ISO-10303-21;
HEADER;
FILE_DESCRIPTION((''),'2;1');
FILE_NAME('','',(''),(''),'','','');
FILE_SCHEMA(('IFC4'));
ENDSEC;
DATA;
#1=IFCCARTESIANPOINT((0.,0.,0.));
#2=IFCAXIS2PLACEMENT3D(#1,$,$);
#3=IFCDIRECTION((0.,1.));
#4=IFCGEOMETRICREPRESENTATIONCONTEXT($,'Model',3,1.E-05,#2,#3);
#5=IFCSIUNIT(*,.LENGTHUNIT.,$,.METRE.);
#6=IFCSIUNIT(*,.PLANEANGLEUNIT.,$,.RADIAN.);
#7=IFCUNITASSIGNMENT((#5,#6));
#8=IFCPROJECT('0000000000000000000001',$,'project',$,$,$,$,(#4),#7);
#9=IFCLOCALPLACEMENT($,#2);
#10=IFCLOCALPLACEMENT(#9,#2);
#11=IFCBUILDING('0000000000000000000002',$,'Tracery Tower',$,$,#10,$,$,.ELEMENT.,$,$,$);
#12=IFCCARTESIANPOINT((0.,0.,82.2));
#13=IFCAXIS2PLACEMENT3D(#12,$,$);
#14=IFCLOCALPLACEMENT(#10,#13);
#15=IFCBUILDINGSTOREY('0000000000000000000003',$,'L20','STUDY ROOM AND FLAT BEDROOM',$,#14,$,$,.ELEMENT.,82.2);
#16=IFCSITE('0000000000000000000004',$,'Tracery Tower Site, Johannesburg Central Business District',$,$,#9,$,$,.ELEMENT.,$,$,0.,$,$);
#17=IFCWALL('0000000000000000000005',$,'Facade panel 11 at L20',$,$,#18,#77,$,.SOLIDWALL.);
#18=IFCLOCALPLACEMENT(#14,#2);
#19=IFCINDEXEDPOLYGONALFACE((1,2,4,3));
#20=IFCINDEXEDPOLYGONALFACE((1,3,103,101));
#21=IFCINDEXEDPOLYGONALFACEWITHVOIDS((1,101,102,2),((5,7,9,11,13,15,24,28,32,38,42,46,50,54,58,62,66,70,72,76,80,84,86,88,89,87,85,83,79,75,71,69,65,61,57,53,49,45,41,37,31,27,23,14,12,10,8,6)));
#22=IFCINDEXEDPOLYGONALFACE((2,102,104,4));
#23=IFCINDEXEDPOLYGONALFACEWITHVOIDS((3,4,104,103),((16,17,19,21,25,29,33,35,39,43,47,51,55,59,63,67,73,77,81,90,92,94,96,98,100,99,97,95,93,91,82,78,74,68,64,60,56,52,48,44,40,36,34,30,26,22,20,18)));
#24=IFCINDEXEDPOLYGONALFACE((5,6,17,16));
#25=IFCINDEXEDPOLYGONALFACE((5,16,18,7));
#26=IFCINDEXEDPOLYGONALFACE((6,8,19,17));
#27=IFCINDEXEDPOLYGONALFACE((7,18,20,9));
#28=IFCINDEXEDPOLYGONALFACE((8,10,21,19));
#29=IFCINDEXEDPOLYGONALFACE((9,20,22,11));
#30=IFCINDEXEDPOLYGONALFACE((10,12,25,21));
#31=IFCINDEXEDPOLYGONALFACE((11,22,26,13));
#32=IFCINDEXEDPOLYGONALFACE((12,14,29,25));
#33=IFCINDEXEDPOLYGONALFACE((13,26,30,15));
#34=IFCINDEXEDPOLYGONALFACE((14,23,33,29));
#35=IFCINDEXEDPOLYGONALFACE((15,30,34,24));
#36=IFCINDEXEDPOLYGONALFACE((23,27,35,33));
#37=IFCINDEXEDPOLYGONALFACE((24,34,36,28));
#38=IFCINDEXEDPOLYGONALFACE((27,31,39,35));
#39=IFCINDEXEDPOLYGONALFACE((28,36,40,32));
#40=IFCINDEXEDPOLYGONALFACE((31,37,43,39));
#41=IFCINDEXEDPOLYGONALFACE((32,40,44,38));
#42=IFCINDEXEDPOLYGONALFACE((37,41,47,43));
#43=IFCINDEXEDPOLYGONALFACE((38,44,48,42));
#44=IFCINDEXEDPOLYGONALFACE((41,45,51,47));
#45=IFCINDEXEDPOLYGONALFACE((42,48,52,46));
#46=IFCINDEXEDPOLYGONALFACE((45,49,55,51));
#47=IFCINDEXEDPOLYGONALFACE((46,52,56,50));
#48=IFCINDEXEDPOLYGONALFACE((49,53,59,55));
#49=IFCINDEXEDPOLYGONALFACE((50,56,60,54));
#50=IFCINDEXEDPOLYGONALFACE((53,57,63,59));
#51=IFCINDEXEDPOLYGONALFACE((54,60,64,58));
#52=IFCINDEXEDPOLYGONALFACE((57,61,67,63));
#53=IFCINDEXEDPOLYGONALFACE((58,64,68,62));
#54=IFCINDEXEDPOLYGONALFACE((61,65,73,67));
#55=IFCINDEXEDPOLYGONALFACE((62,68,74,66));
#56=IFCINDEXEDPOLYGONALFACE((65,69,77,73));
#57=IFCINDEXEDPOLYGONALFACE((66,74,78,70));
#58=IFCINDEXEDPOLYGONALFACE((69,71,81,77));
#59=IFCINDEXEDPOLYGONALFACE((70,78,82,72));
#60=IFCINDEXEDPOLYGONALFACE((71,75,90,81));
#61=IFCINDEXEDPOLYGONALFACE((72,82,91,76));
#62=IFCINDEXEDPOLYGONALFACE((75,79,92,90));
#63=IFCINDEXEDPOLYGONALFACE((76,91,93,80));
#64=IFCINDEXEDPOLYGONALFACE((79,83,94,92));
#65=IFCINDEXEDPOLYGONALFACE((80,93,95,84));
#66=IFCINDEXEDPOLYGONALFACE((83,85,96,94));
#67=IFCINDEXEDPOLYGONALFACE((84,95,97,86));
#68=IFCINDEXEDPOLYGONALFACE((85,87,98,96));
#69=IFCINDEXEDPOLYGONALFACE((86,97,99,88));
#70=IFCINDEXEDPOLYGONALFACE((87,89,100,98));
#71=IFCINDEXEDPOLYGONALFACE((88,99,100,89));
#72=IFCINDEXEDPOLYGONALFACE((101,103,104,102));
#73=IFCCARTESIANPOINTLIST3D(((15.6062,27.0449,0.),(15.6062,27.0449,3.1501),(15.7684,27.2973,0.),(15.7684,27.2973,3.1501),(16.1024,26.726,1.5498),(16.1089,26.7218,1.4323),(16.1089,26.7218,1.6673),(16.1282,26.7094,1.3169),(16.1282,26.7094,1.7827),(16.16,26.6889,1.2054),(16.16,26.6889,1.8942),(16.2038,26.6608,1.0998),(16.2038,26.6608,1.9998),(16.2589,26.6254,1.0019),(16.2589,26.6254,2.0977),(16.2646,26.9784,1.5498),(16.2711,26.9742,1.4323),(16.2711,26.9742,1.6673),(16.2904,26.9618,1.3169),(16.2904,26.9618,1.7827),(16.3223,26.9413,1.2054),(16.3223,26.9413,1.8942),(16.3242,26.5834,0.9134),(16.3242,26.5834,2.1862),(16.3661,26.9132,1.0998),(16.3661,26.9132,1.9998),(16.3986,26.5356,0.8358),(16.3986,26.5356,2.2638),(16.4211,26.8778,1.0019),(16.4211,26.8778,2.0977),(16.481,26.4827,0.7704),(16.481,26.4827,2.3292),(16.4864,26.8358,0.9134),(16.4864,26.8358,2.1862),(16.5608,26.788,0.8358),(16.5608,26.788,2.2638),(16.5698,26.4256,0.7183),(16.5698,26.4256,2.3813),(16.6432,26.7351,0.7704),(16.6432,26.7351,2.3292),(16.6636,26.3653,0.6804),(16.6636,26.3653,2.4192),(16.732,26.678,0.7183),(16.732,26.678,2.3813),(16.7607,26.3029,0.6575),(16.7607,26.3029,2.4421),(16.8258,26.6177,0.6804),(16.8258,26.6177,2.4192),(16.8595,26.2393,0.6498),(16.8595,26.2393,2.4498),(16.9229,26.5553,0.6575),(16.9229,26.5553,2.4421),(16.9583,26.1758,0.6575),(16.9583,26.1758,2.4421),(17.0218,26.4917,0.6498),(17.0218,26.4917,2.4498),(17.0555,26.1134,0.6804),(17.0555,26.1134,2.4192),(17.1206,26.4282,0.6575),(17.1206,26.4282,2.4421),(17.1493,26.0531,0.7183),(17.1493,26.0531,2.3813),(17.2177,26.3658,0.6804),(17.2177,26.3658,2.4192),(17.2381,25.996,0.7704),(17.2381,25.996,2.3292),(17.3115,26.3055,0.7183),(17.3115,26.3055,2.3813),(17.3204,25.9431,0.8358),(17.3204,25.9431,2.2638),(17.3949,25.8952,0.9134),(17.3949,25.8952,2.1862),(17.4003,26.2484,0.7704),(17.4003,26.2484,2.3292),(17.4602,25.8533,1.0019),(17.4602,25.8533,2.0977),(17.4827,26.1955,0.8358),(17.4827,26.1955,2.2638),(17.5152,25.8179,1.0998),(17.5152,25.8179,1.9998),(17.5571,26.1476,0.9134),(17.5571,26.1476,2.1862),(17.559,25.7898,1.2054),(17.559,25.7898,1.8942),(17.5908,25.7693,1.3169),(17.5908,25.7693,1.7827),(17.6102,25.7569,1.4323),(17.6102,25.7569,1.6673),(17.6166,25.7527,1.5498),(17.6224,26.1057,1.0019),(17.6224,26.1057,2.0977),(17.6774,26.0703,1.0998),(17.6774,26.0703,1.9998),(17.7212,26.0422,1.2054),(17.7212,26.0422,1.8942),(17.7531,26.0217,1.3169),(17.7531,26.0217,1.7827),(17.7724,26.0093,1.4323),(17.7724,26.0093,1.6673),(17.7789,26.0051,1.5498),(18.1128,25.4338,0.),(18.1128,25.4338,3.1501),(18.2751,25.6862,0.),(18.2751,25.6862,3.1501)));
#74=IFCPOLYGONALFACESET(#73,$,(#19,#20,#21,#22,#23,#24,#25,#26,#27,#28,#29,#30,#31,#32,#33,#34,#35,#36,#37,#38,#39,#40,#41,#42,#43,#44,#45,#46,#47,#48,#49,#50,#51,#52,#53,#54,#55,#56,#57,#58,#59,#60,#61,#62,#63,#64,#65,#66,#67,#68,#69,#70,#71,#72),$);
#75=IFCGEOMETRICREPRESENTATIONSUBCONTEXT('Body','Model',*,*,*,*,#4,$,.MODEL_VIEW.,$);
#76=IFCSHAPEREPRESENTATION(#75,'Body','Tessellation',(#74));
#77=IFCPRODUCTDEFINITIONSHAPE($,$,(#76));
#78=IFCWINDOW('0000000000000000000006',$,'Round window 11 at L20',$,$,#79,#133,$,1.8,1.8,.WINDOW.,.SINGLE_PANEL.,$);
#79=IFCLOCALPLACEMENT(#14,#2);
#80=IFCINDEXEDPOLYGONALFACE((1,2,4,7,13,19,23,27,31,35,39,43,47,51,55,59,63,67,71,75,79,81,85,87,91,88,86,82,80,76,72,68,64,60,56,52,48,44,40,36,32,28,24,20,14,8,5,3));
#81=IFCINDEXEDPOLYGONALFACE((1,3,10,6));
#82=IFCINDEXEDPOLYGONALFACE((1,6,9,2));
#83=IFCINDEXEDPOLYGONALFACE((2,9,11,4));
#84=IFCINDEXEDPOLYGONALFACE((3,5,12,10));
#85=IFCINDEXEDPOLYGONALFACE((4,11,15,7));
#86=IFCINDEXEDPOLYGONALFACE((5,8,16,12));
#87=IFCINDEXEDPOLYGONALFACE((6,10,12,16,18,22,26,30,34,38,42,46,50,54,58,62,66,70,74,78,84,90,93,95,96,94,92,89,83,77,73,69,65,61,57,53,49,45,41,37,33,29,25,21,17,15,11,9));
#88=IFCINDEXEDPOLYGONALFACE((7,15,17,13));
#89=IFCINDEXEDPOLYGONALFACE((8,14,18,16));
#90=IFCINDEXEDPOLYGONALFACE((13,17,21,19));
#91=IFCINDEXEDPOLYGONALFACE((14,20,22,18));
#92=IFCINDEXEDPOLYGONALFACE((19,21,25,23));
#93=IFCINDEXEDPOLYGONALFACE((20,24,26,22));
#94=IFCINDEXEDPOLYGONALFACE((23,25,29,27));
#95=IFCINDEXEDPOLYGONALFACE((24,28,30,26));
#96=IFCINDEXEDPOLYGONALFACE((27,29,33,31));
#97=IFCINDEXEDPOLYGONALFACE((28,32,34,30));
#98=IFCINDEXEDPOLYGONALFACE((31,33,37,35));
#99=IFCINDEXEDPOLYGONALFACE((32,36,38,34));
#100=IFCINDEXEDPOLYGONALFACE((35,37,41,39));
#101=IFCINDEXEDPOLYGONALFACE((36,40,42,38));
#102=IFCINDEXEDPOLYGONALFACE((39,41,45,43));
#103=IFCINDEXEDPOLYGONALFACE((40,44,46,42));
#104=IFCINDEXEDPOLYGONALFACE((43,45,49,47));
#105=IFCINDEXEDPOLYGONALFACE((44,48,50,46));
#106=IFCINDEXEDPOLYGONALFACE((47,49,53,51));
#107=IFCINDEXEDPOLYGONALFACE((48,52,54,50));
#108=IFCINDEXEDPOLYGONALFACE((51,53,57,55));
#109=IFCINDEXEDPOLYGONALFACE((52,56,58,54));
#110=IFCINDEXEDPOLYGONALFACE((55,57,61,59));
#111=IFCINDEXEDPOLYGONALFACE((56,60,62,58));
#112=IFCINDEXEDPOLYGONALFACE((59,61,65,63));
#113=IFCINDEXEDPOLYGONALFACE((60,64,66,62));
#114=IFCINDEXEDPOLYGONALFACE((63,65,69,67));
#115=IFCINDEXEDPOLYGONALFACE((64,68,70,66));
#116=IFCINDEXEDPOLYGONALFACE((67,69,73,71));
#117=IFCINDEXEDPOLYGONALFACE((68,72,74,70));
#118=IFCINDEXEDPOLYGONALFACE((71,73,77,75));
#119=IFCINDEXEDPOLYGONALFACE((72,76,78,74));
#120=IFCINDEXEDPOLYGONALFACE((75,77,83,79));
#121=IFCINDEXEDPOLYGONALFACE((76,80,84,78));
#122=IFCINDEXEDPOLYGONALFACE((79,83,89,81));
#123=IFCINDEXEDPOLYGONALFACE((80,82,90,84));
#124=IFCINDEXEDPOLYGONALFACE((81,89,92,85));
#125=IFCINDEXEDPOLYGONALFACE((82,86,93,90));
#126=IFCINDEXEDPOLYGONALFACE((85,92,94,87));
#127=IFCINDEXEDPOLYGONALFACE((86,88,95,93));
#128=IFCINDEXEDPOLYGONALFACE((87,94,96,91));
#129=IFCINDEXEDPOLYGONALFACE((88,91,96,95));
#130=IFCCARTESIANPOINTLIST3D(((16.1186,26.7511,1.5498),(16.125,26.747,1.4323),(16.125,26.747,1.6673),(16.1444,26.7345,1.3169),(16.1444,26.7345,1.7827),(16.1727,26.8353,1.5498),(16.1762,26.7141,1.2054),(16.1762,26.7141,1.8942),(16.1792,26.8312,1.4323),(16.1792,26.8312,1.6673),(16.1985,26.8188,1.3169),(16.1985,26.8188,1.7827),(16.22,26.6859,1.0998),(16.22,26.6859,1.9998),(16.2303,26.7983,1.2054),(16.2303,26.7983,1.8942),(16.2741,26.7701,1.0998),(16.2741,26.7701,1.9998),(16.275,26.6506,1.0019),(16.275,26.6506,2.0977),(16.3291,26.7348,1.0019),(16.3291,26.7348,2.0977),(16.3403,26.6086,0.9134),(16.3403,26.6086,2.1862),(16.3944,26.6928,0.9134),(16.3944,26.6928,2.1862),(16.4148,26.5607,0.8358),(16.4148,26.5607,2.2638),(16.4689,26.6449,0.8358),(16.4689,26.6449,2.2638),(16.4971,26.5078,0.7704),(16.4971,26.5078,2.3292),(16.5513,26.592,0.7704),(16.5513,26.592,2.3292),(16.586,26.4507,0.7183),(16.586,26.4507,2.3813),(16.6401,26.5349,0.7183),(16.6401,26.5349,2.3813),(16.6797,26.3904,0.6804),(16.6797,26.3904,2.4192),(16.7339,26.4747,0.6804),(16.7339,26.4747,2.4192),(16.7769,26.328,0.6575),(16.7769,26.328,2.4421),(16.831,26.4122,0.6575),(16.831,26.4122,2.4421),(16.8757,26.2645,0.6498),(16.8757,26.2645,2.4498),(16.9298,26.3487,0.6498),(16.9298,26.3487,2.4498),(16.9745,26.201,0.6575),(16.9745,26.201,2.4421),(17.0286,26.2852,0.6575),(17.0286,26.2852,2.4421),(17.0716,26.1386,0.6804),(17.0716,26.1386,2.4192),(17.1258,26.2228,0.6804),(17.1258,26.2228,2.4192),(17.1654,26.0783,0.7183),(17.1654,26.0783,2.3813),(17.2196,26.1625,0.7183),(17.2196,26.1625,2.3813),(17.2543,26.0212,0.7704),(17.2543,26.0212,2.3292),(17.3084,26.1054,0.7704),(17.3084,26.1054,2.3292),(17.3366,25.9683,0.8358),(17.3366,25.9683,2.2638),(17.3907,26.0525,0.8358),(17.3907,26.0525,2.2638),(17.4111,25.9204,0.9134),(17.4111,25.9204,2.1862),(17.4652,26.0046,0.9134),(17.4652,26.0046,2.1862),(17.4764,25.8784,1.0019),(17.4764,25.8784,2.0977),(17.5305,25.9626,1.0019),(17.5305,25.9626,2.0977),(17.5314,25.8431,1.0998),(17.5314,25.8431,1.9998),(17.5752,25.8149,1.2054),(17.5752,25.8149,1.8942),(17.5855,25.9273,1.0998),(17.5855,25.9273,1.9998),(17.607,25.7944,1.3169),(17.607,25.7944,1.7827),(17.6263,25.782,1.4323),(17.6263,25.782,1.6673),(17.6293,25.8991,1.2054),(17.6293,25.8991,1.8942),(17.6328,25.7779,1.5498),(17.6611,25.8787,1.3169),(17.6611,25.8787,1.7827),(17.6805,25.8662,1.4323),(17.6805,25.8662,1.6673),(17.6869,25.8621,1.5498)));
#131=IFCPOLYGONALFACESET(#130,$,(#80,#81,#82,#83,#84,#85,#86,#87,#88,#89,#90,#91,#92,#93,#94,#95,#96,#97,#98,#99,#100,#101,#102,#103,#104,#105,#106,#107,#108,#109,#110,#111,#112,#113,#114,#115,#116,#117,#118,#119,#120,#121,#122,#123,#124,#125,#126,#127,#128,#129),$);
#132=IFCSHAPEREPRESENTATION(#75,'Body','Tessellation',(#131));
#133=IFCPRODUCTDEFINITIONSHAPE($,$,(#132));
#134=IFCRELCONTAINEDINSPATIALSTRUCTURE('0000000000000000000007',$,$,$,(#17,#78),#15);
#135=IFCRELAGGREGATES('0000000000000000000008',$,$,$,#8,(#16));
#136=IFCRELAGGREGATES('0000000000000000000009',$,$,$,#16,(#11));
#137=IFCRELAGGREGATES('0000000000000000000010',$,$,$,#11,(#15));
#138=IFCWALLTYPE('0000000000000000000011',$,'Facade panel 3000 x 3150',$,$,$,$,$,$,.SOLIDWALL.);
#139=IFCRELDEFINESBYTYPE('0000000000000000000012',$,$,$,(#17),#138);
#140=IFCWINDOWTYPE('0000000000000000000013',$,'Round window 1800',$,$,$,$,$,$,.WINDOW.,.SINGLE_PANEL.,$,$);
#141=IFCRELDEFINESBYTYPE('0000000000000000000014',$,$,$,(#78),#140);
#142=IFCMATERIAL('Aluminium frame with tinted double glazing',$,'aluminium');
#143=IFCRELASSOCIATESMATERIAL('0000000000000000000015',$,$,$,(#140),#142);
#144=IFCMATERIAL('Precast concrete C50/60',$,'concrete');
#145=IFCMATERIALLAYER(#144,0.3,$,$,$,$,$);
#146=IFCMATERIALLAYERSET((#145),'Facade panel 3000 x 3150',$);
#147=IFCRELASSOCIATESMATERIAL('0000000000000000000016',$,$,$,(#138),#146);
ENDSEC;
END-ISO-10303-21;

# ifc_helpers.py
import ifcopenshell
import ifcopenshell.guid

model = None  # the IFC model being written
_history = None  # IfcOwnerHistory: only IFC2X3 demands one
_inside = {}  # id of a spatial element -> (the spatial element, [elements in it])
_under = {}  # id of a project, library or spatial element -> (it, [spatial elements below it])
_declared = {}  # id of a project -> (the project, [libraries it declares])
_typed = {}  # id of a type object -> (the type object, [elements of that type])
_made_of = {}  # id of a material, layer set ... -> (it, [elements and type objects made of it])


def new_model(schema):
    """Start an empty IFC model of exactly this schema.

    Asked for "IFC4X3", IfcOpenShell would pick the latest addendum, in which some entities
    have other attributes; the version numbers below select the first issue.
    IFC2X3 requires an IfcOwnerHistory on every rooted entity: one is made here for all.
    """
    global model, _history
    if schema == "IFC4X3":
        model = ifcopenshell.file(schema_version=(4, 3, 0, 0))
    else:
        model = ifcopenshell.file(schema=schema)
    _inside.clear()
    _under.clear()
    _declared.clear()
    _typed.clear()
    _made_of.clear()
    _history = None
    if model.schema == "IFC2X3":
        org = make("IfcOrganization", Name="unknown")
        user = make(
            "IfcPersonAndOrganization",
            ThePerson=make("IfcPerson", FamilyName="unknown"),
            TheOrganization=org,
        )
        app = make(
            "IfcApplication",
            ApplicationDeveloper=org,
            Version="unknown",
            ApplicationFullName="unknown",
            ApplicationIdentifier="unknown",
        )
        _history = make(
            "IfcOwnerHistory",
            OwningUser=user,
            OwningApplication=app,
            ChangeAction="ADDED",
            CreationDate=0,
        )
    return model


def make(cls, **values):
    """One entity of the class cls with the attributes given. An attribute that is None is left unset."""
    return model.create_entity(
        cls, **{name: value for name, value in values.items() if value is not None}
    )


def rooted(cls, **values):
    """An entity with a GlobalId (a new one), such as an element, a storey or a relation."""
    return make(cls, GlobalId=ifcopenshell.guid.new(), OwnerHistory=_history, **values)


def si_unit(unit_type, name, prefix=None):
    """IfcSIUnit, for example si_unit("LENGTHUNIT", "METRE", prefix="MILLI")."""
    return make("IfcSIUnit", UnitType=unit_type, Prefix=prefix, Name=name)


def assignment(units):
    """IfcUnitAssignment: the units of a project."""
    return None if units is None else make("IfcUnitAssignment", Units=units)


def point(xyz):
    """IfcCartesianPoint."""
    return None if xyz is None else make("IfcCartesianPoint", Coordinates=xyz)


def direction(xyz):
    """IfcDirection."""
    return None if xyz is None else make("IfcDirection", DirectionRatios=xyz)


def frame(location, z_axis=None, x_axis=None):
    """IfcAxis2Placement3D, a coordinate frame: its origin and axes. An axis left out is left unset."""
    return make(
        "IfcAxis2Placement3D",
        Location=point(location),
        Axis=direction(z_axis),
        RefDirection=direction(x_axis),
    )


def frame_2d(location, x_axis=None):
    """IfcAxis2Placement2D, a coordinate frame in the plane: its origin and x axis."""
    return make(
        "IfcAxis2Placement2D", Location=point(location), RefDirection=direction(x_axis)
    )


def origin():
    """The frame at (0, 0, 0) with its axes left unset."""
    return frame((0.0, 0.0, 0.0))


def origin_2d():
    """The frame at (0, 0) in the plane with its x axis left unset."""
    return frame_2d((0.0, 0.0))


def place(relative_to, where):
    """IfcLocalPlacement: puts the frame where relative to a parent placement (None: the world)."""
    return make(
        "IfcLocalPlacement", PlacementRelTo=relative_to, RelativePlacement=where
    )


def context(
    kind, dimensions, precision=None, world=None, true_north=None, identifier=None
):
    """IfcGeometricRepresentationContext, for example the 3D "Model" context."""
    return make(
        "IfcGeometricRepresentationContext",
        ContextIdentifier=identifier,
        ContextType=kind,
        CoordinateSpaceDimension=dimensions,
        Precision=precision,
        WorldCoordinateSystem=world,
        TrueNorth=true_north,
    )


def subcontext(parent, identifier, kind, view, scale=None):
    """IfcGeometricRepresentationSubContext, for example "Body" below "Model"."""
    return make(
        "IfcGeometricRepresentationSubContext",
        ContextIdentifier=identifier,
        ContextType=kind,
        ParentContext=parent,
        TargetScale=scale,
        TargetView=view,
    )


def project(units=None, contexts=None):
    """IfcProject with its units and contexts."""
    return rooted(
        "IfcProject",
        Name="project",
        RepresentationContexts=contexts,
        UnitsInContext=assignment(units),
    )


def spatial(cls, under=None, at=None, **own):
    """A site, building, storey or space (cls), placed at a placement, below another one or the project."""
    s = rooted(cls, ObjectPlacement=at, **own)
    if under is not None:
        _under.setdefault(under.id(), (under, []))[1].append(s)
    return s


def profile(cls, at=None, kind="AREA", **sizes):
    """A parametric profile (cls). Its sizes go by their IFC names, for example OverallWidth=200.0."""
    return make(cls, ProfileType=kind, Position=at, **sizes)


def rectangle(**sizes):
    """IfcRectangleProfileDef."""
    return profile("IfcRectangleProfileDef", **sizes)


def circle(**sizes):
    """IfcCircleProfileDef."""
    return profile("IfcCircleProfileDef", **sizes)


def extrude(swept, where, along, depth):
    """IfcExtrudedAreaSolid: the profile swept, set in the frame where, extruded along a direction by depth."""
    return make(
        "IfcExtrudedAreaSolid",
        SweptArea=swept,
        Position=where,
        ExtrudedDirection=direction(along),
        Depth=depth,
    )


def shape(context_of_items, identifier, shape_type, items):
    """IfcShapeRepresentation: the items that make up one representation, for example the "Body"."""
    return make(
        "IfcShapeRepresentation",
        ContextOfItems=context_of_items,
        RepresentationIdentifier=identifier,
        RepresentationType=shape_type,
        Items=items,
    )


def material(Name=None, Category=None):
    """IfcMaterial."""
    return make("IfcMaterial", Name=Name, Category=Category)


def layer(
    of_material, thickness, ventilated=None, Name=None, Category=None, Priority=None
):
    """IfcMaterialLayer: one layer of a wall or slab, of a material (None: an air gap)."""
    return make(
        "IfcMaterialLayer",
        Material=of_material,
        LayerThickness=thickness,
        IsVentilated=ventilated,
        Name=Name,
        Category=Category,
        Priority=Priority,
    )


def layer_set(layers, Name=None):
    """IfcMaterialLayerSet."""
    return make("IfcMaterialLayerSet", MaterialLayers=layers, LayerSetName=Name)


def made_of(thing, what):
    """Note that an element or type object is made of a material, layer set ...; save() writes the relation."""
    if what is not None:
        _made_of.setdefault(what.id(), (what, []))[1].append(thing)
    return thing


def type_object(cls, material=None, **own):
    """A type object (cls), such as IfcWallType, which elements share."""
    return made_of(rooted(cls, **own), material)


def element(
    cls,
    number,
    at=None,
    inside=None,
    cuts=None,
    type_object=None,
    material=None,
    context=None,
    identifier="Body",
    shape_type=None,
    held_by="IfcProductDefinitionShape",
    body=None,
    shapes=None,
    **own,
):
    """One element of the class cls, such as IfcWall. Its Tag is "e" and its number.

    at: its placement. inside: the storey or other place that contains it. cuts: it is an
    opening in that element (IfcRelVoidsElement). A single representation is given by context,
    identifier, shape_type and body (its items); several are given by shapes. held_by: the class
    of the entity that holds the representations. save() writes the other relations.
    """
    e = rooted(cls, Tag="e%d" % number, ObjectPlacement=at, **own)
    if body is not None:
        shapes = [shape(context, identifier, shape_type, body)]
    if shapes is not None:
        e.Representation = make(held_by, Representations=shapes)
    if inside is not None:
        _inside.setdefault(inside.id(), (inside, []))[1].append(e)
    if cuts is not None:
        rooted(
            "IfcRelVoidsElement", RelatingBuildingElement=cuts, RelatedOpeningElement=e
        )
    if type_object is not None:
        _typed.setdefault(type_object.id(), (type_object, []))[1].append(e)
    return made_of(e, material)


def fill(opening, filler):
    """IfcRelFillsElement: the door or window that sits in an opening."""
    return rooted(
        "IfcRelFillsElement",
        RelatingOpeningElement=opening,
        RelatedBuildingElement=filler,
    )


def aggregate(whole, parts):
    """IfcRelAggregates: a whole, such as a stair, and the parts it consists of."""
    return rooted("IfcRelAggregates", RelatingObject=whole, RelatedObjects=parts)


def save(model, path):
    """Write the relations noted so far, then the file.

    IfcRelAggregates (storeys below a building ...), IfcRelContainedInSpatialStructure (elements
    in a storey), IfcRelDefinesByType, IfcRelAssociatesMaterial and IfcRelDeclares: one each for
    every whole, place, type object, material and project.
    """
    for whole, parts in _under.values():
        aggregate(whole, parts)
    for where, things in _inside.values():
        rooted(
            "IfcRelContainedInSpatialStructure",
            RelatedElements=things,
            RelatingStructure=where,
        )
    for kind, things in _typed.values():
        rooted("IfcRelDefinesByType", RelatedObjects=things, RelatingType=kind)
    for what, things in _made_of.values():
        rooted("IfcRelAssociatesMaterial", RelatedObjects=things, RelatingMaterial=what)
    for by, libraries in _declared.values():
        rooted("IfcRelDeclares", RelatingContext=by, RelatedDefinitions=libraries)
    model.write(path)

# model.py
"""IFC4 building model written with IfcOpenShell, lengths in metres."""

from ifc_helpers import new_model, si_unit, direction, frame, frame_2d, origin, origin_2d, place, context, subcontext, project, spatial, rectangle, circle, extrude, material, layer, layer_set, type_object, element, fill, save


model = new_model("IFC4")

# Units and contexts
model_context = context("Model", 3, precision=1e-05, world=origin(), true_north=direction((0.0, 1.0)))
body_context = subcontext(model_context, "Body", "Model", "MODEL_VIEW")
ifc_project = project(units=[si_unit("LENGTHUNIT", "METRE"), si_unit("PLANEANGLEUNIT", "RADIAN")], contexts=[model_context])

# Site, building, storey
site_placement = place(None, origin())
site = spatial("IfcSite", under=ifc_project, at=site_placement, Name="Tracery Tower Site, Johannesburg Central Business District", CompositionType="ELEMENT", RefElevation=0.0)
building_placement = place(site_placement, origin())
building = spatial("IfcBuilding", under=site, at=building_placement, Name="Tracery Tower", CompositionType="ELEMENT")
storey_placement = place(building_placement, frame((0.0, 0.0, 82.2)))
storey = spatial("IfcBuildingStorey", under=building, at=storey_placement, Name="L20", Description="STUDY ROOM AND FLAT BEDROOM", CompositionType="ELEMENT", Elevation=82.2)

# Wall, opening, window
ifc_material_1 = material(Name="Aluminium frame with tinted double glazing", Category="aluminium")
window_type = type_object("IfcWindowType", Name="Round window 1800", PartitioningType="SINGLE_PANEL", PredefinedType="WINDOW", material=ifc_material_1)
ifc_material_2 = material(Name="Precast concrete C50/60", Category="concrete")
ifc_layer_1 = layer(ifc_material_2, 0.3)
ifc_layer_set_1 = layer_set([ifc_layer_1], Name="Facade panel 3000 x 3150")
wall_type_1 = type_object("IfcWallType", Name="Facade panel 3000 x 3150", PredefinedType="SOLIDWALL", material=ifc_layer_set_1)
wall_1_placement = place(storey_placement, frame((18.1938, 25.5601, 0.0), z_axis=(0.0, 0.0, 1.0), x_axis=(-0.841224, 0.540687, 0.0)))
wall_1 = element("IfcWall", 1, at=wall_1_placement, inside=storey, type_object=wall_type_1, Name="Facade panel 11 at L20", PredefinedType="SOLIDWALL", context=body_context, shape_type="SweptSolid", body=[
    extrude(rectangle(XDim=2.9797, YDim=0.3, at=frame_2d((1.4897, 0.0))), origin(), (0.0, 0.0, 1.0), 3.1501),
])
opening_1_placement = place(wall_1_placement, frame((1.4897, 0.0, 1.5498)))
opening_1 = element("IfcOpeningElement", 2, at=opening_1_placement, cuts=wall_1, PredefinedType="OPENING", context=body_context, shape_type="SweptSolid", body=[
    extrude(circle(Radius=0.9, at=origin_2d()), frame((0.0, 0.1599, 0.0), z_axis=(0.0, -1.0, 0.0), x_axis=(1.0, 0.0, 0.0)), (0.0, 0.0, 1.0), 0.3201),
])
window_1_placement = place(opening_1_placement, origin())
window_1 = element("IfcWindow", 3, at=window_1_placement, inside=storey, type_object=window_type, Name="Round window 11 at L20", OverallHeight=1.8, OverallWidth=1.8, PartitioningType="SINGLE_PANEL", PredefinedType="WINDOW", context=body_context, shape_type="SweptSolid", body=[
    extrude(circle(Radius=0.9, at=origin_2d()), frame((0.0, 0.1201, 0.0), z_axis=(0.0, -1.0, 0.0), x_axis=(1.0, 0.0, 0.0)), (0.0, 0.0, 1.0), 0.1001),
])
fill(opening_1, window_1)

save(model, "model.ifc")
